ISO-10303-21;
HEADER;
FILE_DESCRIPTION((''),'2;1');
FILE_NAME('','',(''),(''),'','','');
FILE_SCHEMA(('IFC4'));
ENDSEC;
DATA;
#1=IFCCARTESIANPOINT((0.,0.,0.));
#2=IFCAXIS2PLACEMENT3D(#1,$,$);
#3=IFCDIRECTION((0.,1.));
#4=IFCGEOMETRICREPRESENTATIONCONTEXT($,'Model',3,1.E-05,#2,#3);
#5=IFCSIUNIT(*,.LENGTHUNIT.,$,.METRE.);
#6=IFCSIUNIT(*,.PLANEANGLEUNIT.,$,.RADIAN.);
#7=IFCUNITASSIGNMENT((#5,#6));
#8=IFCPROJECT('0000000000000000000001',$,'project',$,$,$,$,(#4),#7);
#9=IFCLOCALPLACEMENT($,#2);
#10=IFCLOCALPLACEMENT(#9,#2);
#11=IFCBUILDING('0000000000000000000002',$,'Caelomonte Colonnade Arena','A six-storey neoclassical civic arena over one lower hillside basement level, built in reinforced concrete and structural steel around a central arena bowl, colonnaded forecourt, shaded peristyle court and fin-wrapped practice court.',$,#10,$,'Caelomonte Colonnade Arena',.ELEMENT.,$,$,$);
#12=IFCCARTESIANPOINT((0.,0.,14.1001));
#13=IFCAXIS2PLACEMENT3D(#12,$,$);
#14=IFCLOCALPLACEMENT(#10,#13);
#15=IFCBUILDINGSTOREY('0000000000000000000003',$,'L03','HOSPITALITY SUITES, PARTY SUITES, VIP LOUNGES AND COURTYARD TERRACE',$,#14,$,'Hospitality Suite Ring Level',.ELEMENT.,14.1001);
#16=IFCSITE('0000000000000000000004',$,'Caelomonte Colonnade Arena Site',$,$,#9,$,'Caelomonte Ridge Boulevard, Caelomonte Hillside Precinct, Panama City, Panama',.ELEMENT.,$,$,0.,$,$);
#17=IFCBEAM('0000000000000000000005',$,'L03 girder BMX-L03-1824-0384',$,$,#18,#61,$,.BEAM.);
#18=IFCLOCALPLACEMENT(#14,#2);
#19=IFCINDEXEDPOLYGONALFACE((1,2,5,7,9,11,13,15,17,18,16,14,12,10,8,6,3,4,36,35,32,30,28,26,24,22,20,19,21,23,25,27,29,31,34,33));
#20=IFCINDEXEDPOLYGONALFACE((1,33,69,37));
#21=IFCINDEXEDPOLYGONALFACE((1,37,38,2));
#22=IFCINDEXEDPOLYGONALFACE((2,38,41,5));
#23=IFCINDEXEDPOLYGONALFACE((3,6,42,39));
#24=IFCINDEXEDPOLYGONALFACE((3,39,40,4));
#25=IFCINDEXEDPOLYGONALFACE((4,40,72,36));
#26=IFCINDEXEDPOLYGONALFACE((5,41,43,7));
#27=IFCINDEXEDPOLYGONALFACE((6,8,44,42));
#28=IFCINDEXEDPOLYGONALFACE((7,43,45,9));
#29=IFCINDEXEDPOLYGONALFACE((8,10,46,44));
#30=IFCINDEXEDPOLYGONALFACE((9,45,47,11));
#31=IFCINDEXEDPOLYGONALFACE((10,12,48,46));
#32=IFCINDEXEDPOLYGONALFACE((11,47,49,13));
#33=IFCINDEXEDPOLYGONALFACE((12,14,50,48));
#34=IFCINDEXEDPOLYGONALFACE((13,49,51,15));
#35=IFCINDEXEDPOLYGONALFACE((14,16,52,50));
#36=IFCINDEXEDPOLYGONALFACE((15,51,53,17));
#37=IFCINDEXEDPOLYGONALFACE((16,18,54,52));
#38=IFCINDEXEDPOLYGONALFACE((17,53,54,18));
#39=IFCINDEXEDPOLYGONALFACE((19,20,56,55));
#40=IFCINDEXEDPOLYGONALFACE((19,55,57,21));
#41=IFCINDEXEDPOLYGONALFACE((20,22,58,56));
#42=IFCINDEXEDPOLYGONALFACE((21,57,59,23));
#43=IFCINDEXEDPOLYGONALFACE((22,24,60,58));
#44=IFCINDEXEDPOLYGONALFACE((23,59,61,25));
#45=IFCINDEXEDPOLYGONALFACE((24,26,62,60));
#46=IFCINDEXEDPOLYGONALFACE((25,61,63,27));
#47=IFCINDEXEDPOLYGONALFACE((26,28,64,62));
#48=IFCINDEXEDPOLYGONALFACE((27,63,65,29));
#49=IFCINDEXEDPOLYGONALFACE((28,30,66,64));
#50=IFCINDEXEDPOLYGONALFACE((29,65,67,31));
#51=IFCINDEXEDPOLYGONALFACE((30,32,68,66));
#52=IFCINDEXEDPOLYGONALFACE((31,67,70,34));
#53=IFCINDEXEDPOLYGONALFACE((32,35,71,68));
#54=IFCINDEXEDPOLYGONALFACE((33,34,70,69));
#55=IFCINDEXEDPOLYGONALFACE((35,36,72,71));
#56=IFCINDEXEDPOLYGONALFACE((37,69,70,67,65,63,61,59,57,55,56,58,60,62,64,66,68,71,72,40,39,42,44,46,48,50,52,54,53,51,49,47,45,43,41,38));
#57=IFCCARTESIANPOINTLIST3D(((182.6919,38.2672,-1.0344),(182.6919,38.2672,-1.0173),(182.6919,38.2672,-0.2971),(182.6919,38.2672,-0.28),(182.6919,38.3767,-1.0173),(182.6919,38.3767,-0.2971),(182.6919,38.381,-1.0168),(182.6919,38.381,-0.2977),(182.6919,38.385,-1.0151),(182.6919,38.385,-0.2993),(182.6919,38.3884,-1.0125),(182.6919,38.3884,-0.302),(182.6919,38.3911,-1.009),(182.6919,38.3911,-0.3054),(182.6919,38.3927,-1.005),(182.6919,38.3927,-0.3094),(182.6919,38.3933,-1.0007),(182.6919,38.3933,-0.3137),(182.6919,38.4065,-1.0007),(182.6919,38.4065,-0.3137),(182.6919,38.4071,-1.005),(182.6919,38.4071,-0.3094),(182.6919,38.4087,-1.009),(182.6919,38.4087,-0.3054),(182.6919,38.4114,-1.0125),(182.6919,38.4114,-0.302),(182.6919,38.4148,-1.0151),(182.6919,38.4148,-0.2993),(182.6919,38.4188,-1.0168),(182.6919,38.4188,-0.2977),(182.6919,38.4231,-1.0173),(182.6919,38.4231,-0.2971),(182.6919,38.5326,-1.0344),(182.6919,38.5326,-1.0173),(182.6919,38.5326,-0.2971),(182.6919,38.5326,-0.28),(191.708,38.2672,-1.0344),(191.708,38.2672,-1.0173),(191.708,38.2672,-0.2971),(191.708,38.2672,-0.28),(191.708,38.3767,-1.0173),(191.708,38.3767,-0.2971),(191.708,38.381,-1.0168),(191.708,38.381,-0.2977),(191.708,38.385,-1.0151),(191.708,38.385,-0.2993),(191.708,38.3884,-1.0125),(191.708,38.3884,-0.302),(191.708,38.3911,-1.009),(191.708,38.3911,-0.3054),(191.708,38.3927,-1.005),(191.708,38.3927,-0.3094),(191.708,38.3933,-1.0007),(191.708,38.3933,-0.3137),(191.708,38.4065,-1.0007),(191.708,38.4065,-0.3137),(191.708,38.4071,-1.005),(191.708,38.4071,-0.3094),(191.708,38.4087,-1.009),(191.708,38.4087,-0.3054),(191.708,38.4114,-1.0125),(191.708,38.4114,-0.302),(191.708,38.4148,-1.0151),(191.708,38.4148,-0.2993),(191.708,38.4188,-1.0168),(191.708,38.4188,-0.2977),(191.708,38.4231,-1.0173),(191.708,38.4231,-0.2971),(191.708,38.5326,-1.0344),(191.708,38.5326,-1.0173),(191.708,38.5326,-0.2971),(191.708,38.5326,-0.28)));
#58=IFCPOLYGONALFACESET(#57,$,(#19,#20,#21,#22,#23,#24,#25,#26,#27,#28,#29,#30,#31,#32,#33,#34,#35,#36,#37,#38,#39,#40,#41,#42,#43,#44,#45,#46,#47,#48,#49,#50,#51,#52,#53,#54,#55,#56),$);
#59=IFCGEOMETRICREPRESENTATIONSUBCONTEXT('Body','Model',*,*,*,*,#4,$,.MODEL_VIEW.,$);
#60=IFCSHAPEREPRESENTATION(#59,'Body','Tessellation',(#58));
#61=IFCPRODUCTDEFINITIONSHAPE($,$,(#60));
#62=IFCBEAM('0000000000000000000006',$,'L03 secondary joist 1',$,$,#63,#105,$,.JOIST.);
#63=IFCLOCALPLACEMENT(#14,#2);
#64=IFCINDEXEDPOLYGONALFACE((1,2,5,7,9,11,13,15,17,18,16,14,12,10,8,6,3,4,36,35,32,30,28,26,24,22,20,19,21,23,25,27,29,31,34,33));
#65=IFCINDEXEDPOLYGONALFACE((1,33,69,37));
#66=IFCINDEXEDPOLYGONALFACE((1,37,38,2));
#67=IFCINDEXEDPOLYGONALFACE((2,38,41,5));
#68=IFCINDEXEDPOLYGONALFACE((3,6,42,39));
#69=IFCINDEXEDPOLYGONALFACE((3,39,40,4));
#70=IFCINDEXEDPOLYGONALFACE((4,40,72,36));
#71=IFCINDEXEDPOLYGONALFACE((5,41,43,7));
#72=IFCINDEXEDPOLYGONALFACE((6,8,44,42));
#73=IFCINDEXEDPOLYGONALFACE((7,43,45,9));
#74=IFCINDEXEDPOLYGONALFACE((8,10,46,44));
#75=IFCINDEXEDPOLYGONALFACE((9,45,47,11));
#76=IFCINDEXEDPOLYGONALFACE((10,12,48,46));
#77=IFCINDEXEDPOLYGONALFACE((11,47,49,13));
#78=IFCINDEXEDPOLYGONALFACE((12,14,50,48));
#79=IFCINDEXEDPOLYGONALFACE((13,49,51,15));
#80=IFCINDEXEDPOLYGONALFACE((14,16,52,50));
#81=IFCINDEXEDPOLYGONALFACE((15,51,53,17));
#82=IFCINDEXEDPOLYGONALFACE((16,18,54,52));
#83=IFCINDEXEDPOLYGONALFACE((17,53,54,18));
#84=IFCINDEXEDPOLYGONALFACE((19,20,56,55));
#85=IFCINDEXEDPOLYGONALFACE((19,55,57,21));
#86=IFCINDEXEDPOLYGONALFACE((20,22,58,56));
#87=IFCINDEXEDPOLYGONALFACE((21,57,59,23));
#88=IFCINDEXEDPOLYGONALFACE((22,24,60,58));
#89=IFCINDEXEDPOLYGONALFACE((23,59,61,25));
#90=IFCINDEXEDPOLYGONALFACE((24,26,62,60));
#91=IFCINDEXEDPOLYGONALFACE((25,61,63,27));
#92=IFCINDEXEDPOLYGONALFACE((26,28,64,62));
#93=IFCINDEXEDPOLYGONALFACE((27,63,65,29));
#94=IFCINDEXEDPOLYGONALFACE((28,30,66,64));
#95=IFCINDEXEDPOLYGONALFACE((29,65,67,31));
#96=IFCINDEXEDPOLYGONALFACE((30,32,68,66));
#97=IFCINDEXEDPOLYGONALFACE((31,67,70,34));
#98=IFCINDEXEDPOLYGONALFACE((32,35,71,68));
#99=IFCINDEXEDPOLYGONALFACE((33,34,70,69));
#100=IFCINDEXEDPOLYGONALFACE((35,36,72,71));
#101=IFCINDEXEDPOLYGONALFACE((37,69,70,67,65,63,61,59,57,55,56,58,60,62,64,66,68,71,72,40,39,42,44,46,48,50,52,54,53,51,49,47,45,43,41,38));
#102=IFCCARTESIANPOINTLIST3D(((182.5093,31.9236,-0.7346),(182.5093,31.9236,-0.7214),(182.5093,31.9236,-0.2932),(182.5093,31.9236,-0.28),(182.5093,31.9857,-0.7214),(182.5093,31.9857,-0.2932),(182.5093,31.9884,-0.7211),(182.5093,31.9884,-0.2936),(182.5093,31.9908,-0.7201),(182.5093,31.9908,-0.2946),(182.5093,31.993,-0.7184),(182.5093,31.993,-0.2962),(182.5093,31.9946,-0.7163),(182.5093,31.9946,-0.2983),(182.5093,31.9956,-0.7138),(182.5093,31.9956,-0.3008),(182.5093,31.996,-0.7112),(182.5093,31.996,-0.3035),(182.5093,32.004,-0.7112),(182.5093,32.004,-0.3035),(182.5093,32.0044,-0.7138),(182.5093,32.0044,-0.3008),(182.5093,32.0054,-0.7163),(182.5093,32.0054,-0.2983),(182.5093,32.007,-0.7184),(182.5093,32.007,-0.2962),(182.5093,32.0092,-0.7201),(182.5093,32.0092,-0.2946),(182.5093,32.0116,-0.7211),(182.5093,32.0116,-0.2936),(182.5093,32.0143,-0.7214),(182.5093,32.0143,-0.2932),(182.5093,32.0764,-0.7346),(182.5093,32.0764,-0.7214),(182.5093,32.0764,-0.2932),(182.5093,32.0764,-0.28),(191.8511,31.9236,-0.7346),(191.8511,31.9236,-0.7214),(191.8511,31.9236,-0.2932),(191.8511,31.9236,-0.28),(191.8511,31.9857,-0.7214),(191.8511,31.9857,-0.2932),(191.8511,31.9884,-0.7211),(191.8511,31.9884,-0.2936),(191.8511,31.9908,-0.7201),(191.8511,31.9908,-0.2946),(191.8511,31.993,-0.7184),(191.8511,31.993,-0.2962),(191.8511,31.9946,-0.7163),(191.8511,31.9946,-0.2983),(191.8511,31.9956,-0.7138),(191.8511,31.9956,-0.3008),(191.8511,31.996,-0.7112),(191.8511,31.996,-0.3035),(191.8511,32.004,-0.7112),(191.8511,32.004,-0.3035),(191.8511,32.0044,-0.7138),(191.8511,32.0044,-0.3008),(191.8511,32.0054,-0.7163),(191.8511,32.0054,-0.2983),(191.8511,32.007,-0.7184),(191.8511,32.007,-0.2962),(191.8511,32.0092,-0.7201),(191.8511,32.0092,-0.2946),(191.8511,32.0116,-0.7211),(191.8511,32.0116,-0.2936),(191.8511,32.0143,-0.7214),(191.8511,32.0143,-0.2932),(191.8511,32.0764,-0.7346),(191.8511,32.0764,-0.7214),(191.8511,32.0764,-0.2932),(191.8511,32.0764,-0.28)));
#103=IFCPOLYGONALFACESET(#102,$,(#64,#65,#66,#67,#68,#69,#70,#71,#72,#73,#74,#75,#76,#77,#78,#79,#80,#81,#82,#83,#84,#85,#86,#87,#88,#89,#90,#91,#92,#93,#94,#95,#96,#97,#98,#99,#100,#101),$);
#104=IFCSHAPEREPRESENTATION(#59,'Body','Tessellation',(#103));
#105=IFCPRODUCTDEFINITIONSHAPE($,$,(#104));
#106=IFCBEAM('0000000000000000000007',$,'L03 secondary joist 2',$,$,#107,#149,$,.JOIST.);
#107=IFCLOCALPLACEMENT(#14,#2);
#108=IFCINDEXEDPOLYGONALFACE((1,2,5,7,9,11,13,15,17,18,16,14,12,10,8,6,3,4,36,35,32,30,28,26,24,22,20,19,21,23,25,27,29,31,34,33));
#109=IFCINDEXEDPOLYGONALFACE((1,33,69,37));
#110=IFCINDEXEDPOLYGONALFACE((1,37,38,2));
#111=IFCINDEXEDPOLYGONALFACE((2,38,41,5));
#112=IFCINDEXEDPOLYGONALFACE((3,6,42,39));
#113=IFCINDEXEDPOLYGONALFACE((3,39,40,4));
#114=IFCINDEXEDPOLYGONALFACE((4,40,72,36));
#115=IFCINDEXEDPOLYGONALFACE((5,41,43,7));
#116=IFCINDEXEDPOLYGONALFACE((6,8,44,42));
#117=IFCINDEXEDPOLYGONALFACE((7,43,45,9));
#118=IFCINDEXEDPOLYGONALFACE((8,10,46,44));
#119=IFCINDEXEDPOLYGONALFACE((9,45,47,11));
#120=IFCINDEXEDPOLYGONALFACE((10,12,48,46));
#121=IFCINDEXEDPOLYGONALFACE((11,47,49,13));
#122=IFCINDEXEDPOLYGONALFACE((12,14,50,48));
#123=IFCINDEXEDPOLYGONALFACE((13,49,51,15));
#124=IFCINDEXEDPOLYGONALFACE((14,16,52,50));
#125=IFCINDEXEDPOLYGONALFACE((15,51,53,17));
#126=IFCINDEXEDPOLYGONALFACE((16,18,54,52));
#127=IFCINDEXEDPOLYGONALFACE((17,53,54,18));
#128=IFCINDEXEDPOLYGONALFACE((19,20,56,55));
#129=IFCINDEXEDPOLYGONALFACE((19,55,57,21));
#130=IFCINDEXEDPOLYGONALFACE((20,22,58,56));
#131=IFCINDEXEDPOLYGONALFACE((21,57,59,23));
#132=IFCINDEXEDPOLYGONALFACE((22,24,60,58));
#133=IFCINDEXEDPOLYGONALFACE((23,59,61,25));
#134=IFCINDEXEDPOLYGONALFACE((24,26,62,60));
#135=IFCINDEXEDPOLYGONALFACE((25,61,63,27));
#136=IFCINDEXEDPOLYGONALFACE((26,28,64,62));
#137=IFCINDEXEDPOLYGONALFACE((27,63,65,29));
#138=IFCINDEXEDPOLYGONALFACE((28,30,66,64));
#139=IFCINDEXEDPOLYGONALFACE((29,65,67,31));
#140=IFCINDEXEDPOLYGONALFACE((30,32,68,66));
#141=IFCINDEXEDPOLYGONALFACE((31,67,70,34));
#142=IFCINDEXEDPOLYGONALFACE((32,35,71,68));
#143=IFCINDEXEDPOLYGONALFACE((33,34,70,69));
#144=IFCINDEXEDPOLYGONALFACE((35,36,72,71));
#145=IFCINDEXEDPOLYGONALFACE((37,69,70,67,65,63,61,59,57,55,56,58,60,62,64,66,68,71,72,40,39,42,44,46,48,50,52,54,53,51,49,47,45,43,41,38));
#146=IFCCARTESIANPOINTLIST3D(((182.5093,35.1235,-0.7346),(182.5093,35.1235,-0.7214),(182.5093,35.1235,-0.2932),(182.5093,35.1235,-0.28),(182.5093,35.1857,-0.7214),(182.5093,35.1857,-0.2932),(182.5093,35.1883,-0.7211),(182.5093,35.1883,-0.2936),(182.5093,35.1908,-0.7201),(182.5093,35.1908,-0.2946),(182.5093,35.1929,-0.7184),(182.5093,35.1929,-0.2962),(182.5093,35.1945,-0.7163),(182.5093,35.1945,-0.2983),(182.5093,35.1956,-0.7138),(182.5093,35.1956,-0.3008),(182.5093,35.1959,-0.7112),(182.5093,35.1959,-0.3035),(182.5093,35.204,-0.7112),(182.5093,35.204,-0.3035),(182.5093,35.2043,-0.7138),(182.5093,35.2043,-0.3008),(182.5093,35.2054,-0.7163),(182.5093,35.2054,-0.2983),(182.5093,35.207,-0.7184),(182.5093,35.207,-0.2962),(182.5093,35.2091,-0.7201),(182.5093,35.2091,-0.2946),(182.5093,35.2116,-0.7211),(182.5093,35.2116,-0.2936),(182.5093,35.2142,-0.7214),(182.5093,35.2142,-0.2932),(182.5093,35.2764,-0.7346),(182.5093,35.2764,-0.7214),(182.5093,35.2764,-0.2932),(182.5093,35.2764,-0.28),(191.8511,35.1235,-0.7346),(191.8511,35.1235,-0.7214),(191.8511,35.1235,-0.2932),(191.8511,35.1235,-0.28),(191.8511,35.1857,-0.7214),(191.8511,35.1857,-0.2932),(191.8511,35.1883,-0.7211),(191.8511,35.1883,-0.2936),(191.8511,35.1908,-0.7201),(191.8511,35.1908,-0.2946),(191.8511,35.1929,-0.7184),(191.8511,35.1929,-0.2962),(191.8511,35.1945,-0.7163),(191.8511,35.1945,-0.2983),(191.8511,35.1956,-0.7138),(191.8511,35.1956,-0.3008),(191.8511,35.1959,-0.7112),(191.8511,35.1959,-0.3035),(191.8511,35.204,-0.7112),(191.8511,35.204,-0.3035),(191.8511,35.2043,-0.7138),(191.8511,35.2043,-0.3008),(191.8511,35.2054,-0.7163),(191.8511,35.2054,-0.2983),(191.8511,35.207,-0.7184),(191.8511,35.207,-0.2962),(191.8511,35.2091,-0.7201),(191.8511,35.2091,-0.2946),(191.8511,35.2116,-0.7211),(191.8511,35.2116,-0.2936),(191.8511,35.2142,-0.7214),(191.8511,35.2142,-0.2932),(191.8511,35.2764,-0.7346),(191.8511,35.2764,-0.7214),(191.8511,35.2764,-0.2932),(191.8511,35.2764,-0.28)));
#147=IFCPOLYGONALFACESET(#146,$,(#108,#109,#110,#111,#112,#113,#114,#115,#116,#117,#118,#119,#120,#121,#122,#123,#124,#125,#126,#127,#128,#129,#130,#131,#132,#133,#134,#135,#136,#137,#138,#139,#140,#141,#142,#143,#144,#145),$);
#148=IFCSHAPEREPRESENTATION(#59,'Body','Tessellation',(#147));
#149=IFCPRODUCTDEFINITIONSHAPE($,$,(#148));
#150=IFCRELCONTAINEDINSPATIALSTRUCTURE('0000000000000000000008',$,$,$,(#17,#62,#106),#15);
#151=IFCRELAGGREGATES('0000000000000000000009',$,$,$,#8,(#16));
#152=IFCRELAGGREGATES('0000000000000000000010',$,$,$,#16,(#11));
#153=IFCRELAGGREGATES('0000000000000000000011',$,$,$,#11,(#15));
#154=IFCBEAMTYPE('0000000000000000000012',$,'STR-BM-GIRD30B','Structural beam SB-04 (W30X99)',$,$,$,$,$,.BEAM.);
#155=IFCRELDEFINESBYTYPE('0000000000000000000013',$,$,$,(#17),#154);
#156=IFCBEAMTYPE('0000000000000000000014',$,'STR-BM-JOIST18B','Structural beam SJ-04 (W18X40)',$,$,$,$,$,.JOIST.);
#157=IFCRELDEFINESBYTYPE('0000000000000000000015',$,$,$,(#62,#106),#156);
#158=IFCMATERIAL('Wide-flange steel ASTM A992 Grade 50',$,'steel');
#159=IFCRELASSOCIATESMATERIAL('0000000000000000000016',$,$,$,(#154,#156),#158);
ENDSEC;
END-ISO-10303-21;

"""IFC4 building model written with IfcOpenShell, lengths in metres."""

from ifc_helpers import new_model, si_unit, direction, frame, origin, origin_2d, place, context, subcontext, project, spatial, i_section, extrude, material, material_profile, profile_set, type_object, element, save


model = new_model("IFC4")

# Units and contexts
model_context = context("Model", 3, precision=1e-05, world=origin(), true_north=direction((0.0, 1.0)))
body_context = subcontext(model_context, "Body", "Model", "MODEL_VIEW")
ifc_project = project(units=[si_unit("LENGTHUNIT", "METRE"), si_unit("PLANEANGLEUNIT", "RADIAN")], contexts=[model_context])

# Site, building, storey
site_placement = place(None, origin())
site = spatial("IfcSite", under=ifc_project, at=site_placement, Name="Caelomonte Colonnade Arena Site", LongName="Caelomonte Ridge Boulevard, Caelomonte Hillside Precinct, Panama City, Panama", CompositionType="ELEMENT", RefElevation=0.0)
building_placement = place(site_placement, origin())
building = spatial("IfcBuilding", under=site, at=building_placement, Name="Caelomonte Colonnade Arena", Description="A six-storey neoclassical civic arena over one lower hillside basement level, built in reinforced concrete and structural steel around a central arena bowl, colonnaded forecourt, shaded peristyle court and fin-wrapped practice court.", LongName="Caelomonte Colonnade Arena", CompositionType="ELEMENT")
storey_placement = place(building_placement, frame((0.0, 0.0, 14.1001)))
storey = spatial("IfcBuildingStorey", under=building, at=storey_placement, Name="L03", Description="HOSPITALITY SUITES, PARTY SUITES, VIP LOUNGES AND COURTYARD TERRACE", LongName="Hospitality Suite Ring Level", CompositionType="ELEMENT", Elevation=14.1001)

# Beams
ifc_material_1 = material(Name="Wide-flange steel ASTM A992 Grade 50", Category="steel")
ifc_material_profile_1 = material_profile(ifc_material_1, i_section(OverallWidth=0.2654, OverallDepth=0.7544, WebThickness=0.0132, FlangeThickness=0.0171, FilletRadius=0.0166, at=origin_2d()), Name="W30X99")
ifc_profile_set_1 = profile_set([ifc_material_profile_1], Name="Wide-flange steel ASTM A992 Grade 50")
beam_type_1 = type_object("IfcBeamType", Name="STR-BM-GIRD30B", Description="Structural beam SB-04 (W30X99)", PredefinedType="BEAM", material=ifc_profile_set_1)
beam_1_placement = place(storey_placement, frame((182.6919, 38.3999, -0.6572), z_axis=(1.0, 0.0, 0.0), x_axis=(0.0, 1.0, 0.0)))
element("IfcBeam", 1, at=beam_1_placement, inside=storey, type_object=beam_type_1, Name="L03 girder BMX-L03-1824-0384", PredefinedType="BEAM", context=body_context, shape_type="SweptSolid", body=[
    extrude(i_section(OverallWidth=0.2654, OverallDepth=0.7544, WebThickness=0.0132, FlangeThickness=0.0171, FilletRadius=0.0166, at=origin_2d()), origin(), (0.0, 0.0, 1.0), 9.0161),
])
ifc_material_profile_2 = material_profile(ifc_material_1, i_section(OverallWidth=0.1528, OverallDepth=0.4546, WebThickness=0.0081, FlangeThickness=0.0132, FilletRadius=0.0103, at=origin_2d()), Name="W18X40")
ifc_profile_set_2 = profile_set([ifc_material_profile_2], Name="Wide-flange steel ASTM A992 Grade 50")
beam_type_2 = type_object("IfcBeamType", Name="STR-BM-JOIST18B", Description="Structural beam SJ-04 (W18X40)", PredefinedType="JOIST", material=ifc_profile_set_2)
for number, where, z_axis, x_axis, name in (
    (2, (182.5093, 32.0, -0.5073), (1.0, 0.0, 0.0), (0.0, 1.0, 0.0), "L03 secondary joist 1"),
    (3, (182.5093, 35.2, -0.5073), (1.0, 0.0, 0.0), (0.0, 1.0, 0.0), "L03 secondary joist 2"),
):
    element("IfcBeam", number, at=place(storey_placement, frame(where, z_axis=z_axis, x_axis=x_axis)), inside=storey, type_object=beam_type_2, Name=name, PredefinedType="JOIST", context=body_context, shape_type="SweptSolid", body=[
        extrude(i_section(OverallWidth=0.1528, OverallDepth=0.4546, WebThickness=0.0081, FlangeThickness=0.0132, FilletRadius=0.0103, at=origin_2d()), origin(), (0.0, 0.0, 1.0), 9.3418),
    ])

save(model, "model.ifc")
